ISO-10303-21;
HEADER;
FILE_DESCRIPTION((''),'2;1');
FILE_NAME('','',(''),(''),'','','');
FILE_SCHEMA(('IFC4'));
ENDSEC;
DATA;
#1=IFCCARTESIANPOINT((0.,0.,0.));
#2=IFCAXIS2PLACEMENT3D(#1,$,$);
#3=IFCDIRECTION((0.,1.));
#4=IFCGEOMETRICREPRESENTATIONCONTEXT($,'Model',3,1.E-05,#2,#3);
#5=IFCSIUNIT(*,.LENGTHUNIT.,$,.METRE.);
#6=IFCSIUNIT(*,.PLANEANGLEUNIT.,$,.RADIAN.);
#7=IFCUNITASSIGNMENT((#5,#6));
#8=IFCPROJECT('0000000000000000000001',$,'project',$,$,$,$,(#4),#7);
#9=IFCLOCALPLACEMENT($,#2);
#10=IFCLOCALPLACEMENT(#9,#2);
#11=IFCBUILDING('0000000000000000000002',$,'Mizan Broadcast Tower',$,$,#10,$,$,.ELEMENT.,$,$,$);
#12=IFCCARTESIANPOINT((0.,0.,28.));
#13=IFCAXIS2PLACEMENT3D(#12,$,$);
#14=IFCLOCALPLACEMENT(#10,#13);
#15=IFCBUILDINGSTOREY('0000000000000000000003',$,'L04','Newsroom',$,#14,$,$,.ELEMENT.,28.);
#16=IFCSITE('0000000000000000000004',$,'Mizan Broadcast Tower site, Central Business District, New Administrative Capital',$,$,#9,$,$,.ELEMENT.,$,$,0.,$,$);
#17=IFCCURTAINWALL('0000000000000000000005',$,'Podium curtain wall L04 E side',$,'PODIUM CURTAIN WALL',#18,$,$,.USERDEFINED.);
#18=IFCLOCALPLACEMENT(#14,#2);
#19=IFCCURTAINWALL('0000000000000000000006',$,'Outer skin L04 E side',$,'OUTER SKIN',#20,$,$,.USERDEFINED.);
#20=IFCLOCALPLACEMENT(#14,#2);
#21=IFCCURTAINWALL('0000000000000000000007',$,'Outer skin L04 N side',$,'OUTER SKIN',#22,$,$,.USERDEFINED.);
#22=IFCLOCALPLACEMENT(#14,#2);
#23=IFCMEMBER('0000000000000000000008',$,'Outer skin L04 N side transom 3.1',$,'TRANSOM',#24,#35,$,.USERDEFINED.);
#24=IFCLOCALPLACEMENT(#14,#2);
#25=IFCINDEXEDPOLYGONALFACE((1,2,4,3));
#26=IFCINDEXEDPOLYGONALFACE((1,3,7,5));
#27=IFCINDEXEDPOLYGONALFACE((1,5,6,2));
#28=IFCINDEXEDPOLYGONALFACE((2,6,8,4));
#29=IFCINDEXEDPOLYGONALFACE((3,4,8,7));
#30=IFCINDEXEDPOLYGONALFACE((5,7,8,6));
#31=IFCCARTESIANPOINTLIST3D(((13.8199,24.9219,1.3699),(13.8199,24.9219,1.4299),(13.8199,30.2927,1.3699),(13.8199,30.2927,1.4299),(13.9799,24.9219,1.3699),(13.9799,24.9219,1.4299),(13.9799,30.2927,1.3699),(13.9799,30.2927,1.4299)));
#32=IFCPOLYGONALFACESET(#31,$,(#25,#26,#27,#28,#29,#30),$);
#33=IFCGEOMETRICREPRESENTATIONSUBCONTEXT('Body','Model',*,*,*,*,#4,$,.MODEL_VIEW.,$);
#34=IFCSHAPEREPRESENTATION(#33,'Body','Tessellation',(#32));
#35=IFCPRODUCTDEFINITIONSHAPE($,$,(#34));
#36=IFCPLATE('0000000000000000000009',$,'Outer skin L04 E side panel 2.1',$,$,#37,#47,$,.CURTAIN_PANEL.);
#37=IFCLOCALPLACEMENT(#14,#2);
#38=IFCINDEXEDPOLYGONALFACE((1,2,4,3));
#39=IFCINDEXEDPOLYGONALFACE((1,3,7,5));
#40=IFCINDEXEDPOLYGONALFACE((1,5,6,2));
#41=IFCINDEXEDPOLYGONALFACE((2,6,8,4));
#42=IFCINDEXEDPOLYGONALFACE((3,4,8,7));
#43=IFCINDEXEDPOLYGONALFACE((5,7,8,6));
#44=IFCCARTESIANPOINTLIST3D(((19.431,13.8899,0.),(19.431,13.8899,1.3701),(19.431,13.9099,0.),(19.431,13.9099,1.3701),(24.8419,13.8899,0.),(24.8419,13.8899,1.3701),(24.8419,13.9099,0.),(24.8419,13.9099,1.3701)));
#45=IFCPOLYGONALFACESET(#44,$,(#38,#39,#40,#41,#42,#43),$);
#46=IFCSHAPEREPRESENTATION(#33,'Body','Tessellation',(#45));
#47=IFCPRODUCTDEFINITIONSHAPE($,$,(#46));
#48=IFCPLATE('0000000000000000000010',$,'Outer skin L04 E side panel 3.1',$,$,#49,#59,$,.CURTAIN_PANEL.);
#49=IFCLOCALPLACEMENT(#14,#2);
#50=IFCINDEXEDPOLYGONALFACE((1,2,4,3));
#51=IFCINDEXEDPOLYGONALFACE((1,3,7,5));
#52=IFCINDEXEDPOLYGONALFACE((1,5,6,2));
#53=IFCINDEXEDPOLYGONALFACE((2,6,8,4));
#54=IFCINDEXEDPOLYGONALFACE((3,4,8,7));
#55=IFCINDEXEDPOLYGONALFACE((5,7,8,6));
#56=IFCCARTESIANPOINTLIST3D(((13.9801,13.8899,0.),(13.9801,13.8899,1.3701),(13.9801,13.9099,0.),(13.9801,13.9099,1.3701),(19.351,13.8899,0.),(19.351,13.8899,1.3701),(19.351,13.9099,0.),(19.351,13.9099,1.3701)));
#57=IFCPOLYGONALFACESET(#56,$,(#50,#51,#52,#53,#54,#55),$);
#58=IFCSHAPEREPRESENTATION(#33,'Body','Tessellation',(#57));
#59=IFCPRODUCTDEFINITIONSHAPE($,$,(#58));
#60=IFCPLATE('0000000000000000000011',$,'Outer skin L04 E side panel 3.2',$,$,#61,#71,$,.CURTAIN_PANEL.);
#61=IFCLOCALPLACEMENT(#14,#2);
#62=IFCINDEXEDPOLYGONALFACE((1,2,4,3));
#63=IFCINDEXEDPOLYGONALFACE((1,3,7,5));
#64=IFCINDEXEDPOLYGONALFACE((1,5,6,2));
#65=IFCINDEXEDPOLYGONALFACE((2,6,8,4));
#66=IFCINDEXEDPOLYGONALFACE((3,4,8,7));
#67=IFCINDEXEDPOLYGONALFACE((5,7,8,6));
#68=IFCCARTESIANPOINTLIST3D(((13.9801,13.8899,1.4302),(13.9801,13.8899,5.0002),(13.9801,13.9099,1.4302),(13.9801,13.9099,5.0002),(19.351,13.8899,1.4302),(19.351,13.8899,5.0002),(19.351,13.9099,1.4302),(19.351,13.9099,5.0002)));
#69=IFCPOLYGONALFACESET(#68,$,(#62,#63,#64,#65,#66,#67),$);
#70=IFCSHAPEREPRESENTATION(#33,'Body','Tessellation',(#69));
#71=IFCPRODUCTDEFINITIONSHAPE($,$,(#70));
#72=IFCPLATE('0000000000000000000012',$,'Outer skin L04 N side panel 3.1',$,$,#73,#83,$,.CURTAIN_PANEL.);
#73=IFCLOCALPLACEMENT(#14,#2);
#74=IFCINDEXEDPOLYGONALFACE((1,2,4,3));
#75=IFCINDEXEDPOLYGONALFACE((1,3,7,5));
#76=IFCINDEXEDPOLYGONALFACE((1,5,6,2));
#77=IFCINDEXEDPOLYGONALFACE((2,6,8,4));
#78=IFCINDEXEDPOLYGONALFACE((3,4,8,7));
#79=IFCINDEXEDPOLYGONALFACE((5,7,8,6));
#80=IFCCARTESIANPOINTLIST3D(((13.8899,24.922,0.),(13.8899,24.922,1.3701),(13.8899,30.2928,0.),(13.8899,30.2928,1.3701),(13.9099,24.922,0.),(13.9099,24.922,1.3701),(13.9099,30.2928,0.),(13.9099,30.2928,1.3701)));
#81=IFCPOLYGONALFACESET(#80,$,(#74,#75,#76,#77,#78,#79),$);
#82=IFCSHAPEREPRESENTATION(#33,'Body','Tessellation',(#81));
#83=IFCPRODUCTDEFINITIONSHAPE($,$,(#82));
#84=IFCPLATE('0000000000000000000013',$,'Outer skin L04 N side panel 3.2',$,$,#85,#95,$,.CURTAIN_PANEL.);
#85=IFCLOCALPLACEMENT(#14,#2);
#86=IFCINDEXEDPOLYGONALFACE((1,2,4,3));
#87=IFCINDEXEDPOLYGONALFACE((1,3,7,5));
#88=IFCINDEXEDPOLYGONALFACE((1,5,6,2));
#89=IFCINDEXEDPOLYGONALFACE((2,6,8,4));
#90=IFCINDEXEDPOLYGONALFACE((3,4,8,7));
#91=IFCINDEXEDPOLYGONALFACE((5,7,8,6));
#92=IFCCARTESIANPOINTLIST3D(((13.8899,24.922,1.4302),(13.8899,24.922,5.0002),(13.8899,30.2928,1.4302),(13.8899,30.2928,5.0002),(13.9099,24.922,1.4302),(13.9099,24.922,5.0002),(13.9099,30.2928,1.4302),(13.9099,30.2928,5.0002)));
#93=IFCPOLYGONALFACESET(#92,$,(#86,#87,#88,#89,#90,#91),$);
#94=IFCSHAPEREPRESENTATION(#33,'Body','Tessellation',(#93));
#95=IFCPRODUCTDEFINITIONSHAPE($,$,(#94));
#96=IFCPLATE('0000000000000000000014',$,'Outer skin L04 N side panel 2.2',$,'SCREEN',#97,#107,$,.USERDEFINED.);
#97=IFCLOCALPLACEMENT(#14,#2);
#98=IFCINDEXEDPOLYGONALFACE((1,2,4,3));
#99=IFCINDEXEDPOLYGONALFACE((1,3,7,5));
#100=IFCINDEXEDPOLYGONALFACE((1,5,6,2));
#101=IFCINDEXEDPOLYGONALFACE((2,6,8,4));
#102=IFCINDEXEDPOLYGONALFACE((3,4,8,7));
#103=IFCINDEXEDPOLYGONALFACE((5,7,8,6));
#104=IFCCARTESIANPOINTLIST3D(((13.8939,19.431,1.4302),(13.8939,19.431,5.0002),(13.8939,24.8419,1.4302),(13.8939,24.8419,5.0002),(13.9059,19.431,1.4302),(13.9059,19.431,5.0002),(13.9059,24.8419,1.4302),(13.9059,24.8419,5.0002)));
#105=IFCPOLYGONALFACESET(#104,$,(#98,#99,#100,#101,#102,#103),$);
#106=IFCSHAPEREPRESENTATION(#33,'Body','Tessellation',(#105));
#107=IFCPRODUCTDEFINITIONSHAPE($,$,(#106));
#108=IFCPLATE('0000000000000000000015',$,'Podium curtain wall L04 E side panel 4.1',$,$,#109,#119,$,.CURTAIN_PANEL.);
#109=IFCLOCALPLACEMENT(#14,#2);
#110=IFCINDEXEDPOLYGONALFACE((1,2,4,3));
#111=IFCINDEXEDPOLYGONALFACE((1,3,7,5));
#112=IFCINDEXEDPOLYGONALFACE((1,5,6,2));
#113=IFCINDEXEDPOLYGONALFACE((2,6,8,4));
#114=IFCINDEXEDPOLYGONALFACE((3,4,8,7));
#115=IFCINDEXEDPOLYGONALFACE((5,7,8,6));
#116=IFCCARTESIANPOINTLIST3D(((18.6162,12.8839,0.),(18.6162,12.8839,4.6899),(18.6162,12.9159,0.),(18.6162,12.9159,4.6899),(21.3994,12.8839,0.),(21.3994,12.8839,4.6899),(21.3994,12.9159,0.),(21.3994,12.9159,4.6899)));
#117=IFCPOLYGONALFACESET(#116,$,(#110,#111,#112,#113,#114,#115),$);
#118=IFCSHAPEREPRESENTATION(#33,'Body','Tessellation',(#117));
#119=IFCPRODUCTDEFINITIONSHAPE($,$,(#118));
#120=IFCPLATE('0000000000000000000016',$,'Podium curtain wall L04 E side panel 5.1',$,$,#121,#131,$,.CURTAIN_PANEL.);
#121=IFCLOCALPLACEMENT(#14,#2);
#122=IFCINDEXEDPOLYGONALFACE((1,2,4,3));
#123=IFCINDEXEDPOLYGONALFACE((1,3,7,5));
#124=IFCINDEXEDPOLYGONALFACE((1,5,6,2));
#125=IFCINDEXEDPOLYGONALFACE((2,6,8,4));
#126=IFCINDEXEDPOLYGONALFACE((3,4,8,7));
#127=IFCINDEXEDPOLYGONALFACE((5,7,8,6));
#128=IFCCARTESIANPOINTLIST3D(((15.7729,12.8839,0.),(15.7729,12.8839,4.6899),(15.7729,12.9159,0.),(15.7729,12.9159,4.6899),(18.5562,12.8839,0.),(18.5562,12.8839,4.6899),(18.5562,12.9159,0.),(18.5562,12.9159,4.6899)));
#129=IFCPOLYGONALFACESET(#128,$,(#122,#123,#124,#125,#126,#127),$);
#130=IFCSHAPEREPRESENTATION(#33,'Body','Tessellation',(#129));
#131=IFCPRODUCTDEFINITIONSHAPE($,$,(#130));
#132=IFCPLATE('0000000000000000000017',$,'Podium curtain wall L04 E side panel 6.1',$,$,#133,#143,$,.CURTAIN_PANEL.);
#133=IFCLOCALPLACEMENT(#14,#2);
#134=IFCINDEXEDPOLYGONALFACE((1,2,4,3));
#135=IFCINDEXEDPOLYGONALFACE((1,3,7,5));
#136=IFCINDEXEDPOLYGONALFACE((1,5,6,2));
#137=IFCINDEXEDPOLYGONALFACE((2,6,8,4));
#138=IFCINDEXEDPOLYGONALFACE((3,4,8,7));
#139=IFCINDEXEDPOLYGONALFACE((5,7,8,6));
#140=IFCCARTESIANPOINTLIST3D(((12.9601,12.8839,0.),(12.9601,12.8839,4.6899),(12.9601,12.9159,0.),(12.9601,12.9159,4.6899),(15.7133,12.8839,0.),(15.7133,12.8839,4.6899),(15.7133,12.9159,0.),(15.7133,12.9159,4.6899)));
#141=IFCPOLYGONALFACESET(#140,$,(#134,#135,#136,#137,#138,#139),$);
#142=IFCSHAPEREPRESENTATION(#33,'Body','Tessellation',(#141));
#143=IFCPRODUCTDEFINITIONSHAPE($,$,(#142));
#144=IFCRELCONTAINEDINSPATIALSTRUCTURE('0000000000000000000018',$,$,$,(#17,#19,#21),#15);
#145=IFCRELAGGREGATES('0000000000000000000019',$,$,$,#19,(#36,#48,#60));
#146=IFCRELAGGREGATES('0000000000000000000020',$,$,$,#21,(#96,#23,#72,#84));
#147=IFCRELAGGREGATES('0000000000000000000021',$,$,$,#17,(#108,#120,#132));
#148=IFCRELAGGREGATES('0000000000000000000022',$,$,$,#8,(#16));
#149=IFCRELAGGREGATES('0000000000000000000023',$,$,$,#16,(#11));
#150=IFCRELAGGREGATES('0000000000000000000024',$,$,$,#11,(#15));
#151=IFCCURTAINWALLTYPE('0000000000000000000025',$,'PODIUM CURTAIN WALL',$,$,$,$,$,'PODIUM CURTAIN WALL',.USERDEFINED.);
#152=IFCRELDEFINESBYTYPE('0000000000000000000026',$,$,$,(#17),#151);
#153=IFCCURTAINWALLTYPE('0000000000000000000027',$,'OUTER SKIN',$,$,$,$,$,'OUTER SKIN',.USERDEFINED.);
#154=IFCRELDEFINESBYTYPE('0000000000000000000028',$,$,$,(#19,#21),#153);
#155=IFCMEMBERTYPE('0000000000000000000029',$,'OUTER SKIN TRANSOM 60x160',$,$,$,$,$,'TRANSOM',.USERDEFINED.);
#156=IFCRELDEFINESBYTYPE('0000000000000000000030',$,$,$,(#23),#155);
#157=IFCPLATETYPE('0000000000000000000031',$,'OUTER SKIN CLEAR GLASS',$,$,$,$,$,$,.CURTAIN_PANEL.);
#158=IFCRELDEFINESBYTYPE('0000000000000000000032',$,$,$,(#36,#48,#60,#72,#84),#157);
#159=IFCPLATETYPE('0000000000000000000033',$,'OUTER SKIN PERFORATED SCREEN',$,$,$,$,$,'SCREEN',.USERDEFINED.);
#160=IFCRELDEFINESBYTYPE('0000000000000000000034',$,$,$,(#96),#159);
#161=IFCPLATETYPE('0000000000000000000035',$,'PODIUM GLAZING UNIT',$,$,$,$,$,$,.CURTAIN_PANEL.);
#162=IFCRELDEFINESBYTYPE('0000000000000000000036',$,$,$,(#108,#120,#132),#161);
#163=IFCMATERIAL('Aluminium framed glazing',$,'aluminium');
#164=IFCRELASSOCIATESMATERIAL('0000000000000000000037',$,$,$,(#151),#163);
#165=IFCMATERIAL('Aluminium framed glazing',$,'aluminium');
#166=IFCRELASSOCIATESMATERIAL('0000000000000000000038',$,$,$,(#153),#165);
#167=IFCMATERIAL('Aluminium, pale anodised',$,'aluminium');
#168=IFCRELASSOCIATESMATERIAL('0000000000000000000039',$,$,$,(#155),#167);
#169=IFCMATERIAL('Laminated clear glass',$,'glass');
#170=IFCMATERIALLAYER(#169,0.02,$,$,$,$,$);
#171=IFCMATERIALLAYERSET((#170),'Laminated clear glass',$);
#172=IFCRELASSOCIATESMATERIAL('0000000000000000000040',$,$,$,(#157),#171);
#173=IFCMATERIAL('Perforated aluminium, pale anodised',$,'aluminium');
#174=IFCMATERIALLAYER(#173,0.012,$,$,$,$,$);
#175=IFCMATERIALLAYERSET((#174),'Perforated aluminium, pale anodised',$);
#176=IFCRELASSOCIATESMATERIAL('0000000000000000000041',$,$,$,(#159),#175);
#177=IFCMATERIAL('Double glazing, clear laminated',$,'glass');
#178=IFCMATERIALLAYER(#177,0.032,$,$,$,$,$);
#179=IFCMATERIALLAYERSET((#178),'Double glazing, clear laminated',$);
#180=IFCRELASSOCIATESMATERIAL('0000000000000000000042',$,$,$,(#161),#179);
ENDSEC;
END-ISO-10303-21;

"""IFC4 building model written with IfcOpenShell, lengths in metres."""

from ifc_helpers import new_model, si_unit, direction, frame, origin, origin_2d, place, context, subcontext, project, spatial, rectangle, extrude, material, layer, layer_set, material_profile, profile_set, type_object, element, aggregate, save


model = new_model("IFC4")

# Units and contexts
model_context = context("Model", 3, precision=1e-05, world=origin(), true_north=direction((0.0, 1.0)))
body_context = subcontext(model_context, "Body", "Model", "MODEL_VIEW")
ifc_project = project(units=[si_unit("LENGTHUNIT", "METRE"), si_unit("PLANEANGLEUNIT", "RADIAN")], contexts=[model_context])

# Site, building, storey
site_placement = place(None, origin())
site = spatial("IfcSite", under=ifc_project, at=site_placement, Name="Mizan Broadcast Tower site, Central Business District, New Administrative Capital", CompositionType="ELEMENT", RefElevation=0.0)
building_placement = place(site_placement, origin())
building = spatial("IfcBuilding", under=site, at=building_placement, Name="Mizan Broadcast Tower", CompositionType="ELEMENT")
storey_placement = place(building_placement, frame((0.0, 0.0, 28.0)))
storey = spatial("IfcBuildingStorey", under=building, at=storey_placement, Name="L04", Description="Newsroom", CompositionType="ELEMENT", Elevation=28.0)

# Curtain walls
ifc_material_1 = material(Name="Aluminium framed glazing", Category="aluminium")
curtain_wall_type_1 = type_object("IfcCurtainWallType", Name="PODIUM CURTAIN WALL", ElementType="PODIUM CURTAIN WALL", PredefinedType="USERDEFINED", material=ifc_material_1)
curtain_wall_1_placement = place(storey_placement, origin())
curtain_wall_1 = element("IfcCurtainWall", 1, at=curtain_wall_1_placement, inside=storey, type_object=curtain_wall_type_1, Name="Podium curtain wall L04 E side", ObjectType="PODIUM CURTAIN WALL", PredefinedType="USERDEFINED")
ifc_material_2 = material(Name="Aluminium framed glazing", Category="aluminium")
curtain_wall_type_2 = type_object("IfcCurtainWallType", Name="OUTER SKIN", ElementType="OUTER SKIN", PredefinedType="USERDEFINED", material=ifc_material_2)
curtain_wall_2_placement = place(storey_placement, origin())
curtain_wall_2 = element("IfcCurtainWall", 2, at=curtain_wall_2_placement, inside=storey, type_object=curtain_wall_type_2, Name="Outer skin L04 E side", ObjectType="OUTER SKIN", PredefinedType="USERDEFINED")
curtain_wall_3_placement = place(storey_placement, origin())
curtain_wall_3 = element("IfcCurtainWall", 3, at=curtain_wall_3_placement, inside=storey, type_object=curtain_wall_type_2, Name="Outer skin L04 N side", ObjectType="OUTER SKIN", PredefinedType="USERDEFINED")

# Member
ifc_material_3 = material(Name="Aluminium, pale anodised", Category="aluminium")
ifc_material_profile_1 = material_profile(ifc_material_3, rectangle(XDim=0.1599, YDim=0.0601, at=origin_2d()), Name="TRANSOM 160x60")
ifc_profile_set_1 = profile_set([ifc_material_profile_1], Name="Aluminium, pale anodised")
member_type_1 = type_object("IfcMemberType", Name="OUTER SKIN TRANSOM 60x160", ElementType="TRANSOM", PredefinedType="USERDEFINED", material=ifc_profile_set_1)
member_1_placement = place(storey_placement, frame((13.8999, 24.9219, 1.3999), z_axis=(0.0, 1.0, 0.0), x_axis=(-1.0, 0.0, 0.0)))
member_1 = element("IfcMember", 4, at=member_1_placement, type_object=member_type_1, Name="Outer skin L04 N side transom 3.1", ObjectType="TRANSOM", PredefinedType="USERDEFINED", context=body_context, shape_type="SweptSolid", body=[
    extrude(rectangle(XDim=0.1599, YDim=0.0601, at=origin_2d()), origin(), (0.0, 0.0, 1.0), 5.3708),
])

# Plates
ifc_material_4 = material(Name="Laminated clear glass", Category="glass")
ifc_layer_1 = layer(ifc_material_4, 0.02)
ifc_layer_set_1 = layer_set([ifc_layer_1], Name="Laminated clear glass")
plate_type_1 = type_object("IfcPlateType", Name="OUTER SKIN CLEAR GLASS", PredefinedType="CURTAIN_PANEL", material=ifc_layer_set_1)
plate_1_placement = place(storey_placement, frame((22.1365, 13.8999, 0.0), z_axis=(0.0, 0.0, 1.0), x_axis=(-1.0, 0.0, 0.0)))
plate_1 = element("IfcPlate", 5, at=plate_1_placement, type_object=plate_type_1, Name="Outer skin L04 E side panel 2.1", PredefinedType="CURTAIN_PANEL", context=body_context, shape_type="SweptSolid", body=[
    extrude(rectangle(XDim=5.4109, YDim=0.02, at=origin_2d()), origin(), (0.0, 0.0, 1.0), 1.3701),
])
plate_2_placement = place(storey_placement, frame((16.6655, 13.8999, 0.0), z_axis=(0.0, 0.0, 1.0), x_axis=(-1.0, 0.0, 0.0)))
plate_2 = element("IfcPlate", 6, at=plate_2_placement, type_object=plate_type_1, Name="Outer skin L04 E side panel 3.1", PredefinedType="CURTAIN_PANEL", context=body_context, shape_type="SweptSolid", body=[
    extrude(rectangle(XDim=5.3708, YDim=0.02, at=origin_2d()), origin(), (0.0, 0.0, 1.0), 1.3701),
])
plate_3_placement = place(storey_placement, frame((16.6655, 13.8999, 1.4302), z_axis=(0.0, 0.0, 1.0), x_axis=(-1.0, 0.0, 0.0)))
plate_3 = element("IfcPlate", 7, at=plate_3_placement, type_object=plate_type_1, Name="Outer skin L04 E side panel 3.2", PredefinedType="CURTAIN_PANEL", context=body_context, shape_type="SweptSolid", body=[
    extrude(rectangle(XDim=5.3708, YDim=0.02, at=origin_2d()), origin(), (0.0, 0.0, 1.0), 3.5701),
])
aggregate(curtain_wall_2, [plate_1, plate_2, plate_3])
plate_4_placement = place(storey_placement, frame((13.8999, 27.6074, 0.0), z_axis=(0.0, 0.0, 1.0), x_axis=(0.0, 1.0, 0.0)))
plate_4 = element("IfcPlate", 8, at=plate_4_placement, type_object=plate_type_1, Name="Outer skin L04 N side panel 3.1", PredefinedType="CURTAIN_PANEL", context=body_context, shape_type="SweptSolid", body=[
    extrude(rectangle(XDim=5.3708, YDim=0.02, at=origin_2d()), origin(), (0.0, 0.0, 1.0), 1.3701),
])
plate_5_placement = place(storey_placement, frame((13.8999, 27.6074, 1.4302), z_axis=(0.0, 0.0, 1.0), x_axis=(0.0, 1.0, 0.0)))
plate_5 = element("IfcPlate", 9, at=plate_5_placement, type_object=plate_type_1, Name="Outer skin L04 N side panel 3.2", PredefinedType="CURTAIN_PANEL", context=body_context, shape_type="SweptSolid", body=[
    extrude(rectangle(XDim=5.3708, YDim=0.02, at=origin_2d()), origin(), (0.0, 0.0, 1.0), 3.5701),
])
ifc_material_5 = material(Name="Perforated aluminium, pale anodised", Category="aluminium")
ifc_layer_2 = layer(ifc_material_5, 0.012)
ifc_layer_set_2 = layer_set([ifc_layer_2], Name="Perforated aluminium, pale anodised")
plate_type_2 = type_object("IfcPlateType", Name="OUTER SKIN PERFORATED SCREEN", ElementType="SCREEN", PredefinedType="USERDEFINED", material=ifc_layer_set_2)
plate_6_placement = place(storey_placement, frame((13.8999, 22.1365, 1.4302), z_axis=(0.0, 0.0, 1.0), x_axis=(0.0, 1.0, 0.0)))
plate_6 = element("IfcPlate", 10, at=plate_6_placement, type_object=plate_type_2, Name="Outer skin L04 N side panel 2.2", ObjectType="SCREEN", PredefinedType="USERDEFINED", context=body_context, shape_type="SweptSolid", body=[
    extrude(rectangle(XDim=5.4109, YDim=0.012, at=origin_2d()), origin(), (0.0, 0.0, 1.0), 3.5701),
])
aggregate(curtain_wall_3, [plate_6, member_1, plate_4, plate_5])
ifc_material_6 = material(Name="Double glazing, clear laminated", Category="glass")
ifc_layer_3 = layer(ifc_material_6, 0.032)
ifc_layer_set_3 = layer_set([ifc_layer_3], Name="Double glazing, clear laminated")
plate_type_3 = type_object("IfcPlateType", Name="PODIUM GLAZING UNIT", PredefinedType="CURTAIN_PANEL", material=ifc_layer_set_3)
plate_7_placement = place(storey_placement, frame((20.0078, 12.8999, 0.0), z_axis=(0.0, 0.0, 1.0), x_axis=(-1.0, 0.0, 0.0)))
plate_7 = element("IfcPlate", 11, at=plate_7_placement, type_object=plate_type_3, Name="Podium curtain wall L04 E side panel 4.1", PredefinedType="CURTAIN_PANEL", context=body_context, shape_type="SweptSolid", body=[
    extrude(rectangle(XDim=2.7832, YDim=0.032, at=origin_2d()), origin(), (0.0, 0.0, 1.0), 4.6899),
])
plate_8_placement = place(storey_placement, frame((17.1646, 12.8999, 0.0), z_axis=(0.0, 0.0, 1.0), x_axis=(-1.0, 0.0, 0.0)))
plate_8 = element("IfcPlate", 12, at=plate_8_placement, type_object=plate_type_3, Name="Podium curtain wall L04 E side panel 5.1", PredefinedType="CURTAIN_PANEL", context=body_context, shape_type="SweptSolid", body=[
    extrude(rectangle(XDim=2.7832, YDim=0.032, at=origin_2d()), origin(), (0.0, 0.0, 1.0), 4.6899),
])
plate_9_placement = place(storey_placement, frame((14.3367, 12.8999, 0.0), z_axis=(0.0, 0.0, 1.0), x_axis=(-1.0, 0.0, 0.0)))
plate_9 = element("IfcPlate", 13, at=plate_9_placement, type_object=plate_type_3, Name="Podium curtain wall L04 E side panel 6.1", PredefinedType="CURTAIN_PANEL", context=body_context, shape_type="SweptSolid", body=[
    extrude(rectangle(XDim=2.7532, YDim=0.032, at=origin_2d()), origin(), (0.0, 0.0, 1.0), 4.6899),
])
aggregate(curtain_wall_1, [plate_7, plate_8, plate_9])

save(model, "model.ifc")
